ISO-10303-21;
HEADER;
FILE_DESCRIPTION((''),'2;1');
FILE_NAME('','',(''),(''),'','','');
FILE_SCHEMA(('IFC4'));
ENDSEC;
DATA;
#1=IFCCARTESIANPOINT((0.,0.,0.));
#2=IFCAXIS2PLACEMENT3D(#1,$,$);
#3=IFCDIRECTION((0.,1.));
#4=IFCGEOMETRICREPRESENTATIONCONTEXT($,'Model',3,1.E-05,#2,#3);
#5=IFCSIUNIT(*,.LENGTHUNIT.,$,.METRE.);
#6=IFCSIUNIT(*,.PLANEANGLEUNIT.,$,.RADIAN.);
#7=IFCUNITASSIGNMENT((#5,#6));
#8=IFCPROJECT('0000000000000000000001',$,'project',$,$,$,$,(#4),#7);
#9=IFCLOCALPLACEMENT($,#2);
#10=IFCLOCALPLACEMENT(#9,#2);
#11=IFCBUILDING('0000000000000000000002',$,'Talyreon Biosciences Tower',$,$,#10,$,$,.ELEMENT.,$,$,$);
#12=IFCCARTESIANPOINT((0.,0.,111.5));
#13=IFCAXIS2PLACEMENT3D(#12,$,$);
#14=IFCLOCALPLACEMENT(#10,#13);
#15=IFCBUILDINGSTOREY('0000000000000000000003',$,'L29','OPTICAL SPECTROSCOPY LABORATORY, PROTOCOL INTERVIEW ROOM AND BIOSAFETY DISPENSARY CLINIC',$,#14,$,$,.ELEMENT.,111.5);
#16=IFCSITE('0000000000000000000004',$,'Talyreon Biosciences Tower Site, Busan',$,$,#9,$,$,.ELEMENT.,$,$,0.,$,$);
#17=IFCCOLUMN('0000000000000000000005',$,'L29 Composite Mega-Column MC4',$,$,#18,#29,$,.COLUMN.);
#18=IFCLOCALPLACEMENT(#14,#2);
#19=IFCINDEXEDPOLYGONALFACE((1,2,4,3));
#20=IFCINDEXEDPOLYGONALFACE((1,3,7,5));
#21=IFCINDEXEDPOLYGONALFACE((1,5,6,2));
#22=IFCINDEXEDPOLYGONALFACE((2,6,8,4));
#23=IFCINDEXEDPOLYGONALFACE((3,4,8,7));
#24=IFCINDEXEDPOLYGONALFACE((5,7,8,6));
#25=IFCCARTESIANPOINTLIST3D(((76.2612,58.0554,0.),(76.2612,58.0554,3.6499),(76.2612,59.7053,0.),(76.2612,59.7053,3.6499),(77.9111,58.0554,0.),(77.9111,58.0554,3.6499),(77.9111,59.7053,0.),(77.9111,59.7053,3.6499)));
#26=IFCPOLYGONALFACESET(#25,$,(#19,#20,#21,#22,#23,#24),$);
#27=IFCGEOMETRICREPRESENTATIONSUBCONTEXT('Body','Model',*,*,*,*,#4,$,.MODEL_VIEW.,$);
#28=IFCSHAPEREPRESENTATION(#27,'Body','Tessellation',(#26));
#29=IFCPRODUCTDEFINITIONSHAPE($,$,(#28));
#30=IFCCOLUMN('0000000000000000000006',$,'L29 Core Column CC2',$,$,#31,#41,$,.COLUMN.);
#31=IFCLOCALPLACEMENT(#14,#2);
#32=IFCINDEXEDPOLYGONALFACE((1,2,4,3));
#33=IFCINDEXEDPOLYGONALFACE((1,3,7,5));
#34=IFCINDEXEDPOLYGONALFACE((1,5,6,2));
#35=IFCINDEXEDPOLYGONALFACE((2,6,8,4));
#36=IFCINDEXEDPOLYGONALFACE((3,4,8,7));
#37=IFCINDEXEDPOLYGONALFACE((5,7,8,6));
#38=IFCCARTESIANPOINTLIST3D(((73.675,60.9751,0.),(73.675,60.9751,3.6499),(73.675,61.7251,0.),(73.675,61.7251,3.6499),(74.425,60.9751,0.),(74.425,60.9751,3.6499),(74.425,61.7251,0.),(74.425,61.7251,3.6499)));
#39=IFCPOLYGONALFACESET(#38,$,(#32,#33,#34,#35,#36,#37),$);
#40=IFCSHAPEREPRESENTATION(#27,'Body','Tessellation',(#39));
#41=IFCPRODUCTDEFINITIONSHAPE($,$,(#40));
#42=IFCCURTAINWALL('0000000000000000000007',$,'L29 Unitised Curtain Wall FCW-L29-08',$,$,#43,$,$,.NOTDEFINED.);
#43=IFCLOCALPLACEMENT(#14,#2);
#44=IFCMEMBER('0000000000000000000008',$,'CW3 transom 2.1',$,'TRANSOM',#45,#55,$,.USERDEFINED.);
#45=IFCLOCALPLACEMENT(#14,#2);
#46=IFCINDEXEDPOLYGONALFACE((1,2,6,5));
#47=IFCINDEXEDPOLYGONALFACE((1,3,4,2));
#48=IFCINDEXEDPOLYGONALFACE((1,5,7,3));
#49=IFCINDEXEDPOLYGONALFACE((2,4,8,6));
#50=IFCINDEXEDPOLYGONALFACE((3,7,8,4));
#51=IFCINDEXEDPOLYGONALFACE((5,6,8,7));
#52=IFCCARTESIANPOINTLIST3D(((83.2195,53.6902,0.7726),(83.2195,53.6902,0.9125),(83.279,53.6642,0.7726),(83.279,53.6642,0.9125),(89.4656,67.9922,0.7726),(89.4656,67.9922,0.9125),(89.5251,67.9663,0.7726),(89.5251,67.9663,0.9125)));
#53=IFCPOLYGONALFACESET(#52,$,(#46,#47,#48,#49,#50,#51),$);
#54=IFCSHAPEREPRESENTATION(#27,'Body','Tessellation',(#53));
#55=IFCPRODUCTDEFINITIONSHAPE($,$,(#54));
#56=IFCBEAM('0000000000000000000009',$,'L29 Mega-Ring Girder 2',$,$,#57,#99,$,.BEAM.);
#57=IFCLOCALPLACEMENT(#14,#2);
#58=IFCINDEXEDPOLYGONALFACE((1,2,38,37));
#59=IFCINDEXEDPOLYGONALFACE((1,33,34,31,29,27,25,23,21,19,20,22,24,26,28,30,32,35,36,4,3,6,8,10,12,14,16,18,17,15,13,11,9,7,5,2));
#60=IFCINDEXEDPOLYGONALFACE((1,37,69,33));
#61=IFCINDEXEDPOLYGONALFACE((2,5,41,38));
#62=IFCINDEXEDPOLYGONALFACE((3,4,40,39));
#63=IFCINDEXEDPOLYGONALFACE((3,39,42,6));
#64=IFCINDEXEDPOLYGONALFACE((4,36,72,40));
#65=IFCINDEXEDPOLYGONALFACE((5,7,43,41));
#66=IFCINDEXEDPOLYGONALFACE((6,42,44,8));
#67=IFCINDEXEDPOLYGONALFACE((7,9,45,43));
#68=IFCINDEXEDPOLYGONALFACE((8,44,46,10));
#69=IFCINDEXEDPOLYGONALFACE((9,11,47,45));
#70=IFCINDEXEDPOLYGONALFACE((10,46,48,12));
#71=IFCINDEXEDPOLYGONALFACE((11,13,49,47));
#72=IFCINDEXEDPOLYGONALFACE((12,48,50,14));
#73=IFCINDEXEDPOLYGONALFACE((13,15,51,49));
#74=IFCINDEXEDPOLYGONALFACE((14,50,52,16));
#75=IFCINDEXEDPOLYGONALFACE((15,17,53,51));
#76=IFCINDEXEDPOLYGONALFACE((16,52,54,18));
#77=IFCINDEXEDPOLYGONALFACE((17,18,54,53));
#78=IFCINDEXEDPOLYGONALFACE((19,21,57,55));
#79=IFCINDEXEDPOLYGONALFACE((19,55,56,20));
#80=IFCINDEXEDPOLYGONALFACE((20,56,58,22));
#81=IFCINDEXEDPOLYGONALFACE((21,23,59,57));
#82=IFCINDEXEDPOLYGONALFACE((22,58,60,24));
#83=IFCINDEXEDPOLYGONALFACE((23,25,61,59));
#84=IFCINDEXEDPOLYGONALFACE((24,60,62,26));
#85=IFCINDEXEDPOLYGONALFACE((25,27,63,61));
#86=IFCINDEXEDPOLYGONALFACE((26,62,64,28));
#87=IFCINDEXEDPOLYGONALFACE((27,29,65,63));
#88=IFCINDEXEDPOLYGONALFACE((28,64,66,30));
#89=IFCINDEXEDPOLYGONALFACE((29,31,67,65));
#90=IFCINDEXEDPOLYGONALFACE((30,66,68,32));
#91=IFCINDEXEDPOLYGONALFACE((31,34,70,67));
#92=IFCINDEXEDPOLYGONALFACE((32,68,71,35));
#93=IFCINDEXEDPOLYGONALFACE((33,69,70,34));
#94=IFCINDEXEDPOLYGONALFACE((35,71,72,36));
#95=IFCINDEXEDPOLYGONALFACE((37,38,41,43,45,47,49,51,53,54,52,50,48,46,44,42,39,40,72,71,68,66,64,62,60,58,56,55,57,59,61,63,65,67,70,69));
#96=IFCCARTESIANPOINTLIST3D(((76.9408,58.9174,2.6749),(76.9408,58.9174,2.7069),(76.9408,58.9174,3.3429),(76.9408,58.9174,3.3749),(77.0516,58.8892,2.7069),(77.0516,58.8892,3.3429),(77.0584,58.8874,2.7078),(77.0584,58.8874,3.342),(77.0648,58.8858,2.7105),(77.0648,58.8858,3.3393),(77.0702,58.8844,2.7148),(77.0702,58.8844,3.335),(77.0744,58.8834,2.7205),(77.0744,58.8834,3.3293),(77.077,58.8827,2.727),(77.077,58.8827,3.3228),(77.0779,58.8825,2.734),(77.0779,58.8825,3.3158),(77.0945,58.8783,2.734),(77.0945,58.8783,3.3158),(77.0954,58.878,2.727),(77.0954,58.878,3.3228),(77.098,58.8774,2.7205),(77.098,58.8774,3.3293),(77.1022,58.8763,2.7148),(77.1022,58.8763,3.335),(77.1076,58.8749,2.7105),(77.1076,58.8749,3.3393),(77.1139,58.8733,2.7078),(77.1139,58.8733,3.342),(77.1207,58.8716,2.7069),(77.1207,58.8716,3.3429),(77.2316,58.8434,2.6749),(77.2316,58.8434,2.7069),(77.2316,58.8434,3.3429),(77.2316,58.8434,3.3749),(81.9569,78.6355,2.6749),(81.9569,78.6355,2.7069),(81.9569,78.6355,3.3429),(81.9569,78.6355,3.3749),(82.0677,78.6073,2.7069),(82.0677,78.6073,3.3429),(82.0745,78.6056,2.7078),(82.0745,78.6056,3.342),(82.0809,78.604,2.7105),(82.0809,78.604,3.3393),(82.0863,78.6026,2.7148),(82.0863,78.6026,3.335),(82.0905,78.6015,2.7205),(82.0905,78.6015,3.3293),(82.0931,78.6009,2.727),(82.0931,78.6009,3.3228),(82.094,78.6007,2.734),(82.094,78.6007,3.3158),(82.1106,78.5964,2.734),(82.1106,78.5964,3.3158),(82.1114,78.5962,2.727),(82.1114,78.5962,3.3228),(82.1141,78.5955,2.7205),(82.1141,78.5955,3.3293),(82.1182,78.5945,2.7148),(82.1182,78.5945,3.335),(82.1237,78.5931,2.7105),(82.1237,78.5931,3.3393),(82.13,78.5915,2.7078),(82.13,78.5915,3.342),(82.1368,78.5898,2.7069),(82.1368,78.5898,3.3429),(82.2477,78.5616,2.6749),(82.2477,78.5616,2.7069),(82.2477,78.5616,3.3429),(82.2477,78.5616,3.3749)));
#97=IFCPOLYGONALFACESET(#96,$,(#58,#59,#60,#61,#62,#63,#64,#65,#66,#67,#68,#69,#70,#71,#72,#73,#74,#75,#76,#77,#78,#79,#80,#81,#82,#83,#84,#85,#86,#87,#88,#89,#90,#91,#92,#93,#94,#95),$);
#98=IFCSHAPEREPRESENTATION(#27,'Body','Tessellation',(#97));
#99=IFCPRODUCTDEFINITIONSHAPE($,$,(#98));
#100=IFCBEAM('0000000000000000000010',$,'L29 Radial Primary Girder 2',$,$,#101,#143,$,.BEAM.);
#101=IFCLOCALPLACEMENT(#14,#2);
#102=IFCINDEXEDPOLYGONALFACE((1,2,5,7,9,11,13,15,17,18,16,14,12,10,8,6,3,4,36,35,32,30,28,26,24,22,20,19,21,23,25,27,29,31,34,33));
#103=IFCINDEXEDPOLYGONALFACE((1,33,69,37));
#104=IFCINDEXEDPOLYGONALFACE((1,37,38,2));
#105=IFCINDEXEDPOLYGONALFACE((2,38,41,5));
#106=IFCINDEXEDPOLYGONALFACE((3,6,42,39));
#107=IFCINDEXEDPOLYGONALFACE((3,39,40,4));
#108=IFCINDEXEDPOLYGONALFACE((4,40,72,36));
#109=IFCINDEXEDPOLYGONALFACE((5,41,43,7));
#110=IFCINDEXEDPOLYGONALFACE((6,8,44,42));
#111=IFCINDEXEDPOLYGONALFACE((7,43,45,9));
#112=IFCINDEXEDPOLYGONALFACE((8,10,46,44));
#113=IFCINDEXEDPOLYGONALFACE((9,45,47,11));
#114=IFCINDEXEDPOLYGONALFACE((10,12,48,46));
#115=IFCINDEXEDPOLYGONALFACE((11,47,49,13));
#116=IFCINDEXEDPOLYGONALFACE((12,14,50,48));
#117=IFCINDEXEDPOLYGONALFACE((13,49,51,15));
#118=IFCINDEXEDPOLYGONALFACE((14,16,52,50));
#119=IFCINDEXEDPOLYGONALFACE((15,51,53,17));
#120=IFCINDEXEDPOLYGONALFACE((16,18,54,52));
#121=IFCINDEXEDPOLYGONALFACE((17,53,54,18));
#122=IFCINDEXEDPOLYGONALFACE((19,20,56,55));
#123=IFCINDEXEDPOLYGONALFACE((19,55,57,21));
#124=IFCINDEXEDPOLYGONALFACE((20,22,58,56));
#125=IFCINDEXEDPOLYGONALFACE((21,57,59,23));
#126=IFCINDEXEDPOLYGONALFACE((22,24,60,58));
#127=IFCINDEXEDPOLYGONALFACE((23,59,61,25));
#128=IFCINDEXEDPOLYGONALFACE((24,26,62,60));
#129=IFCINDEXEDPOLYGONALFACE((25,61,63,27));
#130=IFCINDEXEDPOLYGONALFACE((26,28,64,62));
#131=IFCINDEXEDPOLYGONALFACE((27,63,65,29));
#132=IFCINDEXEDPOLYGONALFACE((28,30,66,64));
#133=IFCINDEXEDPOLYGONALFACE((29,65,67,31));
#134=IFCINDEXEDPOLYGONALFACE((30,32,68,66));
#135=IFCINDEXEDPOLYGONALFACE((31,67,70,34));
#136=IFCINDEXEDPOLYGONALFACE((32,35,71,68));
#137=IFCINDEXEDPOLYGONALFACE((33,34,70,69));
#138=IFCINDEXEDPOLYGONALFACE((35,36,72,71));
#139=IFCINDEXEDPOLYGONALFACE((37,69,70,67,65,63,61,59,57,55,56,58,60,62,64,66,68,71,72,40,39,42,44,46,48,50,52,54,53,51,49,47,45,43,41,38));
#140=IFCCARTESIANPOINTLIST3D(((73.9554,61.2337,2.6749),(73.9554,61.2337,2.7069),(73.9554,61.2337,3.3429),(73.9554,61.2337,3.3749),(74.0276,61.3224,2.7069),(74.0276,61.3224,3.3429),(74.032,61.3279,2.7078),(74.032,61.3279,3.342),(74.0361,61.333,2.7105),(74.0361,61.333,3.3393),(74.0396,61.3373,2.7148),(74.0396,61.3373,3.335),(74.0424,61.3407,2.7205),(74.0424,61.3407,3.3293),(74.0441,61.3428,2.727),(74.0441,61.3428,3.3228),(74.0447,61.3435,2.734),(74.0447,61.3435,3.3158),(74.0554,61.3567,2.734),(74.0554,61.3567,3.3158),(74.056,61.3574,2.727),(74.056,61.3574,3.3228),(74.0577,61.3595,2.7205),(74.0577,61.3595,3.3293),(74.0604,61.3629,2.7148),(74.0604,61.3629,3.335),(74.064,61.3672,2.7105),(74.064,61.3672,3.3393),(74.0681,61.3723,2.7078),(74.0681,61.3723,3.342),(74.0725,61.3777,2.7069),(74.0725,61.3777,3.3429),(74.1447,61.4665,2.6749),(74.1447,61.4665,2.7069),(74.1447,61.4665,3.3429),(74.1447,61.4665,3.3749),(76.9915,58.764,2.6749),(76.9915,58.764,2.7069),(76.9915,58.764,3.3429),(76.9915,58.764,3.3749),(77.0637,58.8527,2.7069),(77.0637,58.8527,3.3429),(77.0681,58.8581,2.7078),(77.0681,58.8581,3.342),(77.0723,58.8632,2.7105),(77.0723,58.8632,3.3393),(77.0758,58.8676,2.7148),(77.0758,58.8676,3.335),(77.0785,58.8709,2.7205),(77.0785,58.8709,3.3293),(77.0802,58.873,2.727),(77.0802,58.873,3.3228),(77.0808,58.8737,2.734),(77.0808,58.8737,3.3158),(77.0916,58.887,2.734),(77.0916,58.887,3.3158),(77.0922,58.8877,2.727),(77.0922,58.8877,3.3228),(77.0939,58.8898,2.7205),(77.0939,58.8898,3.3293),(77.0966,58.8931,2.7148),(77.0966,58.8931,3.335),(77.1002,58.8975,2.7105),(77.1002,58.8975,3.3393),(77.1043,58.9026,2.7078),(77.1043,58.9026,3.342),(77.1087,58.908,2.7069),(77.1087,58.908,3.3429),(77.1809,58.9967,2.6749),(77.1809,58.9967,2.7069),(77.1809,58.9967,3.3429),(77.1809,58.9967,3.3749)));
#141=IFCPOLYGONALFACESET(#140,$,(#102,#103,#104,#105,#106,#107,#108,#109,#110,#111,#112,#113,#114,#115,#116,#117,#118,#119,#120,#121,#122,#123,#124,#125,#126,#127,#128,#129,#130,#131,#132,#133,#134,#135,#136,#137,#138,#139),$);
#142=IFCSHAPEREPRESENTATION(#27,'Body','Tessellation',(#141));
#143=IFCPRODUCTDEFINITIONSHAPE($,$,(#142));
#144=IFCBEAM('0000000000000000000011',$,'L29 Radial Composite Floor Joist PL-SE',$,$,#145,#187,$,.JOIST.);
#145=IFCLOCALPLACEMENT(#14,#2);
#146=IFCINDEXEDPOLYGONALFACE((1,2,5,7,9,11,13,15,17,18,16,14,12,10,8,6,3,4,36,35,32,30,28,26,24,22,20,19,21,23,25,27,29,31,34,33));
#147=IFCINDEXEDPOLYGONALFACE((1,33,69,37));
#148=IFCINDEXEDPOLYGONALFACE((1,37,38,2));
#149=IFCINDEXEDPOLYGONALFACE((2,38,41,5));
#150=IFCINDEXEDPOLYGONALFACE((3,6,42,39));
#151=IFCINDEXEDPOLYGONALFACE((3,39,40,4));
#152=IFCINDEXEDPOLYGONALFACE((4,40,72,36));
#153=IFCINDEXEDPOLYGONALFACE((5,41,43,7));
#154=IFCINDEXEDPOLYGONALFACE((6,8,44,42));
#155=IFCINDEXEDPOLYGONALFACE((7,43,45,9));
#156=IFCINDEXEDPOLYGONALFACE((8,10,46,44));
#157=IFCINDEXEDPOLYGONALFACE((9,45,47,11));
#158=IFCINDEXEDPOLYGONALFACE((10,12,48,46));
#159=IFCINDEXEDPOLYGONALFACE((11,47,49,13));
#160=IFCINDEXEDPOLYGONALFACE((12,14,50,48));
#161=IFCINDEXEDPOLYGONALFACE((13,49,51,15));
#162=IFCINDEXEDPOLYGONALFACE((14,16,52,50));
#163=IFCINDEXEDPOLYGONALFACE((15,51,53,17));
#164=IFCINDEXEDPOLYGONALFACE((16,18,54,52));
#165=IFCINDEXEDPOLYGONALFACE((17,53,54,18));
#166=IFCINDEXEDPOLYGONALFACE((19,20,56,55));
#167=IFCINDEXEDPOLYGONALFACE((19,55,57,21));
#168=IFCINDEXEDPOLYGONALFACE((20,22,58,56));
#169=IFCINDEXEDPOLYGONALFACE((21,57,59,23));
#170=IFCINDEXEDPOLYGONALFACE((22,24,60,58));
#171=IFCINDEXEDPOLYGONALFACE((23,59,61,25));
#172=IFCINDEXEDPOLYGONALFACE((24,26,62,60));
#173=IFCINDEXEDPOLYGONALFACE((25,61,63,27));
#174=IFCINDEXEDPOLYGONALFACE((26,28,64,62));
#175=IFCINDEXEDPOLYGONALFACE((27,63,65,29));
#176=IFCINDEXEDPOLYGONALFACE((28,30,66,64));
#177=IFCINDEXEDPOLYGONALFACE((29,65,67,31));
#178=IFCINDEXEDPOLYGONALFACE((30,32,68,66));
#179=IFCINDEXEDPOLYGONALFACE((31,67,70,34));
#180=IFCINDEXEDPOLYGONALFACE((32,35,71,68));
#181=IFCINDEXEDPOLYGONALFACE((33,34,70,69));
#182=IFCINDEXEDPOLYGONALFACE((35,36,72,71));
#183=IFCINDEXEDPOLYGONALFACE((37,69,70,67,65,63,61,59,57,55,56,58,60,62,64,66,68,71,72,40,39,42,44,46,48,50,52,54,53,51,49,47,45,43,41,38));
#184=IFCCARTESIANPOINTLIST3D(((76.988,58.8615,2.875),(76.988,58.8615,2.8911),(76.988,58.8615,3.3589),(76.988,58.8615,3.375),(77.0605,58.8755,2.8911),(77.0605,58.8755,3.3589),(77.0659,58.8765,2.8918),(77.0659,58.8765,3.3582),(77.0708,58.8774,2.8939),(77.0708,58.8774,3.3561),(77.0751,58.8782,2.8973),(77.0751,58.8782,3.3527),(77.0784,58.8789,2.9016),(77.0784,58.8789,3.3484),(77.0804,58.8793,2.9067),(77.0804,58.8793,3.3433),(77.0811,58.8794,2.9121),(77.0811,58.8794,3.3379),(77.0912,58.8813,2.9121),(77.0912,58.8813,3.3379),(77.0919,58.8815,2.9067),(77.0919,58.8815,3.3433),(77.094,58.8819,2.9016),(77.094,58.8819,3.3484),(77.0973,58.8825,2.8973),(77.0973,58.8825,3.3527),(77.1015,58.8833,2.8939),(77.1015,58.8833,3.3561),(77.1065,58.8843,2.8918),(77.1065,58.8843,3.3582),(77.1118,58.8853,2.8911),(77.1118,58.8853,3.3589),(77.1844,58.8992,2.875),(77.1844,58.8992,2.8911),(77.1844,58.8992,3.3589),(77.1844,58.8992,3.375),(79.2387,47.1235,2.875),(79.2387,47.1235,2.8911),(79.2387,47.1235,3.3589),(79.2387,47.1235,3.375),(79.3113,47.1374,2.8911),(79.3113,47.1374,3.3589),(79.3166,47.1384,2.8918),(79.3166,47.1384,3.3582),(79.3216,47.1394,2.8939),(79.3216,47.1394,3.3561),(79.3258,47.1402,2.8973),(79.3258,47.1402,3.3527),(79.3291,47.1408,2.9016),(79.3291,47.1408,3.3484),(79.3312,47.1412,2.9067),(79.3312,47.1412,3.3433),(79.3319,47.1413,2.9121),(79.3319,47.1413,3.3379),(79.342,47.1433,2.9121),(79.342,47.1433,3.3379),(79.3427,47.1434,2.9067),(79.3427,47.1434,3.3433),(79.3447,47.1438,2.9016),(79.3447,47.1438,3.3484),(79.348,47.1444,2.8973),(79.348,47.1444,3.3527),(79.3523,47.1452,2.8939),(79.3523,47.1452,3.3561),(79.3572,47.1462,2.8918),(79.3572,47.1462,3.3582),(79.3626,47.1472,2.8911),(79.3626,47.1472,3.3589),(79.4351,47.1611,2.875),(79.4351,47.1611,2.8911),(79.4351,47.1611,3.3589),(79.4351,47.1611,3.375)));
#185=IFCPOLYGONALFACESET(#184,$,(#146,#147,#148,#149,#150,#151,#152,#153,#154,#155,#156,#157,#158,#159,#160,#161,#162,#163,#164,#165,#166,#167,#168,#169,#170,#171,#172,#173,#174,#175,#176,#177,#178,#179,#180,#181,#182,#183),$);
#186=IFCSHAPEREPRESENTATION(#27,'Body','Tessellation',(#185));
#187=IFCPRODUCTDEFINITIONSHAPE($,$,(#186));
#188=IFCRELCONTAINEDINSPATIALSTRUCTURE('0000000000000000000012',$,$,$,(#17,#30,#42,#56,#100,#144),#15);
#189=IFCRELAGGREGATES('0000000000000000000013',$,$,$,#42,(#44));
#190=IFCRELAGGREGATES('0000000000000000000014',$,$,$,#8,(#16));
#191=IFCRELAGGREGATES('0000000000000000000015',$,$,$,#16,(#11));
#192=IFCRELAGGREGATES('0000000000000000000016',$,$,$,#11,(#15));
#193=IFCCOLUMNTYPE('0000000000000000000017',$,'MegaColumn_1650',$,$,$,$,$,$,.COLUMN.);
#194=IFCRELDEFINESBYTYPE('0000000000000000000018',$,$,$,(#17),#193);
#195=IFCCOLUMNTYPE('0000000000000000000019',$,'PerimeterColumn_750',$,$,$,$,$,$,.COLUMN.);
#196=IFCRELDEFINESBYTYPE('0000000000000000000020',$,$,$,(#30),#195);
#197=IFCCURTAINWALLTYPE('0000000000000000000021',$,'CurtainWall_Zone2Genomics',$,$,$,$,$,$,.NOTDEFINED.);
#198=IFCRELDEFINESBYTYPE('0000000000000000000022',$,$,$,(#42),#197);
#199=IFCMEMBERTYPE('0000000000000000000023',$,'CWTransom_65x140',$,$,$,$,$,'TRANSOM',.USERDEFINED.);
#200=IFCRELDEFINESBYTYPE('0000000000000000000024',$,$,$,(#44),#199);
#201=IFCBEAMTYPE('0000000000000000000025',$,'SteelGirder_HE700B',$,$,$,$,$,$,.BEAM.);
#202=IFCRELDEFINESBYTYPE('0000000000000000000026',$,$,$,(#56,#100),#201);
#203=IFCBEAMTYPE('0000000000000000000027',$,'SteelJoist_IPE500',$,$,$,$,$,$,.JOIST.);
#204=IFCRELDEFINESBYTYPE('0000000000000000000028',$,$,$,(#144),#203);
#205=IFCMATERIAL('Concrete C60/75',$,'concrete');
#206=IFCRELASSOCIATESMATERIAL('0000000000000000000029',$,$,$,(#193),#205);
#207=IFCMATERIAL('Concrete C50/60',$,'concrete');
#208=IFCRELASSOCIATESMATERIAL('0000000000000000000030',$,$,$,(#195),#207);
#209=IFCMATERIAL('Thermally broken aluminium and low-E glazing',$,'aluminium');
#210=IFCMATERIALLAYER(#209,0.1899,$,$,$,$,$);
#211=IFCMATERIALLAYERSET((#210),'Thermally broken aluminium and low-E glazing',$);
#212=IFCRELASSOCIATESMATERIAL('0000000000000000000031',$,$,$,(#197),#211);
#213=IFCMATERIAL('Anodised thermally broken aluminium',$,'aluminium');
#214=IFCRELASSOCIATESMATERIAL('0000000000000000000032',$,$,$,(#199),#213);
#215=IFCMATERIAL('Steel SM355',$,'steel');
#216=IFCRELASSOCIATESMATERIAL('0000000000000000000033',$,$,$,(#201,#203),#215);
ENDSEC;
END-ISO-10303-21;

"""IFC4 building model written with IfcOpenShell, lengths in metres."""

from ifc_helpers import new_model, si_unit, direction, frame, origin, origin_2d, place, context, subcontext, project, spatial, rectangle, i_section, extrude, material, layer, layer_set, material_profile, profile_set, type_object, element, aggregate, save


model = new_model("IFC4")

# Units and contexts
model_context = context("Model", 3, precision=1e-05, world=origin(), true_north=direction((0.0, 1.0)))
body_context = subcontext(model_context, "Body", "Model", "MODEL_VIEW")
ifc_project = project(units=[si_unit("LENGTHUNIT", "METRE"), si_unit("PLANEANGLEUNIT", "RADIAN")], contexts=[model_context])

# Site, building, storey
site_placement = place(None, origin())
site = spatial("IfcSite", under=ifc_project, at=site_placement, Name="Talyreon Biosciences Tower Site, Busan", CompositionType="ELEMENT", RefElevation=0.0)
building_placement = place(site_placement, origin())
building = spatial("IfcBuilding", under=site, at=building_placement, Name="Talyreon Biosciences Tower", CompositionType="ELEMENT")
storey_placement = place(building_placement, frame((0.0, 0.0, 111.5)))
storey = spatial("IfcBuildingStorey", under=building, at=storey_placement, Name="L29", Description="OPTICAL SPECTROSCOPY LABORATORY, PROTOCOL INTERVIEW ROOM AND BIOSAFETY DISPENSARY CLINIC", CompositionType="ELEMENT", Elevation=111.5)

# Columns
ifc_material_1 = material(Name="Concrete C60/75", Category="concrete")
ifc_material_profile_1 = material_profile(ifc_material_1, rectangle(XDim=1.6499, YDim=1.6499, at=origin_2d()), Name="RC 1650x1650")
ifc_profile_set_1 = profile_set([ifc_material_profile_1], Name="Concrete C60/75")
column_type_1 = type_object("IfcColumnType", Name="MegaColumn_1650", PredefinedType="COLUMN", material=ifc_profile_set_1)
column_1_placement = place(storey_placement, frame((77.0862, 58.8804, 0.0), z_axis=(0.0, 0.0, 1.0), x_axis=(1.0, 0.0, 0.0)))
element("IfcColumn", 1, at=column_1_placement, inside=storey, type_object=column_type_1, Name="L29 Composite Mega-Column MC4", PredefinedType="COLUMN", context=body_context, shape_type="SweptSolid", body=[
    extrude(rectangle(XDim=1.6499, YDim=1.6499, at=origin_2d()), origin(), (0.0, 0.0, 1.0), 3.6499),
])
ifc_material_2 = material(Name="Concrete C50/60", Category="concrete")
ifc_material_profile_2 = material_profile(ifc_material_2, rectangle(XDim=0.75, YDim=0.75, at=origin_2d()), Name="RC 750x750")
ifc_profile_set_2 = profile_set([ifc_material_profile_2], Name="Concrete C50/60")
column_type_2 = type_object("IfcColumnType", Name="PerimeterColumn_750", PredefinedType="COLUMN", material=ifc_profile_set_2)
column_2_placement = place(storey_placement, frame((74.05, 61.3501, 0.0), z_axis=(0.0, 0.0, 1.0), x_axis=(1.0, 0.0, 0.0)))
element("IfcColumn", 2, at=column_2_placement, inside=storey, type_object=column_type_2, Name="L29 Core Column CC2", PredefinedType="COLUMN", context=body_context, shape_type="SweptSolid", body=[
    extrude(rectangle(XDim=0.75, YDim=0.75, at=origin_2d()), origin(), (0.0, 0.0, 1.0), 3.6499),
])

# Curtain wall, member
ifc_material_3 = material(Name="Thermally broken aluminium and low-E glazing", Category="aluminium")
ifc_layer_1 = layer(ifc_material_3, 0.1899)
ifc_layer_set_1 = layer_set([ifc_layer_1], Name="Thermally broken aluminium and low-E glazing")
curtain_wall_type = type_object("IfcCurtainWallType", Name="CurtainWall_Zone2Genomics", PredefinedType="NOTDEFINED", material=ifc_layer_set_1)
curtain_wall_placement = place(storey_placement, origin())
curtain_wall = element("IfcCurtainWall", 3, at=curtain_wall_placement, inside=storey, type_object=curtain_wall_type, Name="L29 Unitised Curtain Wall FCW-L29-08", PredefinedType="NOTDEFINED")
ifc_material_4 = material(Name="Anodised thermally broken aluminium", Category="aluminium")
ifc_material_profile_3 = material_profile(ifc_material_4, rectangle(XDim=0.0649, YDim=0.1399, at=origin_2d()), Name="ALUM TRANSOM 65x140")
ifc_profile_set_3 = profile_set([ifc_material_profile_3], Name="Anodised thermally broken aluminium")
member_type = type_object("IfcMemberType", Name="CWTransom_65x140", ElementType="TRANSOM", PredefinedType="USERDEFINED", material=ifc_profile_set_3)
member_placement = place(storey_placement, frame((89.4954, 67.9792, 0.8425), z_axis=(-0.400225, -0.916417, 0.0), x_axis=(0.916417, -0.400225, 0.0)))
member = element("IfcMember", 4, at=member_placement, type_object=member_type, Name="CW3 transom 2.1", ObjectType="TRANSOM", PredefinedType="USERDEFINED", context=body_context, shape_type="SweptSolid", body=[
    extrude(rectangle(XDim=0.0649, YDim=0.1399, at=origin_2d()), origin(), (0.0, 0.0, 1.0), 15.6064),
])

# Beams
ifc_material_5 = material(Name="Steel SM355", Category="steel")
ifc_material_profile_4 = material_profile(ifc_material_5, i_section(OverallWidth=0.3, OverallDepth=0.7, WebThickness=0.0171, FlangeThickness=0.032, FilletRadius=0.0271, at=origin_2d()), Name="HE700B")
ifc_profile_set_4 = profile_set([ifc_material_profile_4], Name="Steel SM355")
beam_type_1 = type_object("IfcBeamType", Name="SteelGirder_HE700B", PredefinedType="BEAM", material=ifc_profile_set_4)
beam_1_placement = place(storey_placement, frame((77.0862, 58.8804, 3.0249), z_axis=(0.246537, 0.969133, 0.0), x_axis=(-0.969133, 0.246537, 0.0)))
element("IfcBeam", 5, at=beam_1_placement, inside=storey, type_object=beam_type_1, Name="L29 Mega-Ring Girder 2", PredefinedType="BEAM", context=body_context, shape_type="SweptSolid", body=[
    extrude(i_section(OverallWidth=0.3, OverallDepth=0.7, WebThickness=0.0171, FlangeThickness=0.032, FilletRadius=0.0271, at=origin_2d()), origin(), (0.0, 0.0, 1.0), 20.3462),
])
beam_2_placement = place(storey_placement, frame((74.05, 61.3501, 3.0249), z_axis=(0.775755, -0.631034, 0.0), x_axis=(0.631034, 0.775755, 0.0)))
element("IfcBeam", 6, at=beam_2_placement, inside=storey, type_object=beam_type_1, Name="L29 Radial Primary Girder 2", PredefinedType="BEAM", context=body_context, shape_type="SweptSolid", body=[
    extrude(i_section(OverallWidth=0.3, OverallDepth=0.7, WebThickness=0.0171, FlangeThickness=0.032, FilletRadius=0.0271, at=origin_2d()), origin(), (0.0, 0.0, 1.0), 3.9138),
])
ifc_material_profile_5 = material_profile(ifc_material_5, i_section(OverallWidth=0.2, OverallDepth=0.5, WebThickness=0.0103, FlangeThickness=0.0161, FilletRadius=0.021, at=origin_2d()), Name="IPE500")
ifc_profile_set_5 = profile_set([ifc_material_profile_5], Name="Steel SM355")
beam_type_2 = type_object("IfcBeamType", Name="SteelJoist_IPE500", PredefinedType="JOIST", material=ifc_profile_set_5)
beam_3_placement = place(storey_placement, frame((77.0862, 58.8804, 3.125), z_axis=(0.188316, -0.982108, 0.0), x_axis=(0.982108, 0.188316, 0.0)))
element("IfcBeam", 7, at=beam_3_placement, inside=storey, type_object=beam_type_2, Name="L29 Radial Composite Floor Joist PL-SE", PredefinedType="JOIST", context=body_context, shape_type="SweptSolid", body=[
    extrude(i_section(OverallWidth=0.2, OverallDepth=0.5, WebThickness=0.0103, FlangeThickness=0.0161, FilletRadius=0.021, at=origin_2d()), origin(), (0.0, 0.0, 1.0), 11.9519),
])

aggregate(curtain_wall, [member])

save(model, "model.ifc")
